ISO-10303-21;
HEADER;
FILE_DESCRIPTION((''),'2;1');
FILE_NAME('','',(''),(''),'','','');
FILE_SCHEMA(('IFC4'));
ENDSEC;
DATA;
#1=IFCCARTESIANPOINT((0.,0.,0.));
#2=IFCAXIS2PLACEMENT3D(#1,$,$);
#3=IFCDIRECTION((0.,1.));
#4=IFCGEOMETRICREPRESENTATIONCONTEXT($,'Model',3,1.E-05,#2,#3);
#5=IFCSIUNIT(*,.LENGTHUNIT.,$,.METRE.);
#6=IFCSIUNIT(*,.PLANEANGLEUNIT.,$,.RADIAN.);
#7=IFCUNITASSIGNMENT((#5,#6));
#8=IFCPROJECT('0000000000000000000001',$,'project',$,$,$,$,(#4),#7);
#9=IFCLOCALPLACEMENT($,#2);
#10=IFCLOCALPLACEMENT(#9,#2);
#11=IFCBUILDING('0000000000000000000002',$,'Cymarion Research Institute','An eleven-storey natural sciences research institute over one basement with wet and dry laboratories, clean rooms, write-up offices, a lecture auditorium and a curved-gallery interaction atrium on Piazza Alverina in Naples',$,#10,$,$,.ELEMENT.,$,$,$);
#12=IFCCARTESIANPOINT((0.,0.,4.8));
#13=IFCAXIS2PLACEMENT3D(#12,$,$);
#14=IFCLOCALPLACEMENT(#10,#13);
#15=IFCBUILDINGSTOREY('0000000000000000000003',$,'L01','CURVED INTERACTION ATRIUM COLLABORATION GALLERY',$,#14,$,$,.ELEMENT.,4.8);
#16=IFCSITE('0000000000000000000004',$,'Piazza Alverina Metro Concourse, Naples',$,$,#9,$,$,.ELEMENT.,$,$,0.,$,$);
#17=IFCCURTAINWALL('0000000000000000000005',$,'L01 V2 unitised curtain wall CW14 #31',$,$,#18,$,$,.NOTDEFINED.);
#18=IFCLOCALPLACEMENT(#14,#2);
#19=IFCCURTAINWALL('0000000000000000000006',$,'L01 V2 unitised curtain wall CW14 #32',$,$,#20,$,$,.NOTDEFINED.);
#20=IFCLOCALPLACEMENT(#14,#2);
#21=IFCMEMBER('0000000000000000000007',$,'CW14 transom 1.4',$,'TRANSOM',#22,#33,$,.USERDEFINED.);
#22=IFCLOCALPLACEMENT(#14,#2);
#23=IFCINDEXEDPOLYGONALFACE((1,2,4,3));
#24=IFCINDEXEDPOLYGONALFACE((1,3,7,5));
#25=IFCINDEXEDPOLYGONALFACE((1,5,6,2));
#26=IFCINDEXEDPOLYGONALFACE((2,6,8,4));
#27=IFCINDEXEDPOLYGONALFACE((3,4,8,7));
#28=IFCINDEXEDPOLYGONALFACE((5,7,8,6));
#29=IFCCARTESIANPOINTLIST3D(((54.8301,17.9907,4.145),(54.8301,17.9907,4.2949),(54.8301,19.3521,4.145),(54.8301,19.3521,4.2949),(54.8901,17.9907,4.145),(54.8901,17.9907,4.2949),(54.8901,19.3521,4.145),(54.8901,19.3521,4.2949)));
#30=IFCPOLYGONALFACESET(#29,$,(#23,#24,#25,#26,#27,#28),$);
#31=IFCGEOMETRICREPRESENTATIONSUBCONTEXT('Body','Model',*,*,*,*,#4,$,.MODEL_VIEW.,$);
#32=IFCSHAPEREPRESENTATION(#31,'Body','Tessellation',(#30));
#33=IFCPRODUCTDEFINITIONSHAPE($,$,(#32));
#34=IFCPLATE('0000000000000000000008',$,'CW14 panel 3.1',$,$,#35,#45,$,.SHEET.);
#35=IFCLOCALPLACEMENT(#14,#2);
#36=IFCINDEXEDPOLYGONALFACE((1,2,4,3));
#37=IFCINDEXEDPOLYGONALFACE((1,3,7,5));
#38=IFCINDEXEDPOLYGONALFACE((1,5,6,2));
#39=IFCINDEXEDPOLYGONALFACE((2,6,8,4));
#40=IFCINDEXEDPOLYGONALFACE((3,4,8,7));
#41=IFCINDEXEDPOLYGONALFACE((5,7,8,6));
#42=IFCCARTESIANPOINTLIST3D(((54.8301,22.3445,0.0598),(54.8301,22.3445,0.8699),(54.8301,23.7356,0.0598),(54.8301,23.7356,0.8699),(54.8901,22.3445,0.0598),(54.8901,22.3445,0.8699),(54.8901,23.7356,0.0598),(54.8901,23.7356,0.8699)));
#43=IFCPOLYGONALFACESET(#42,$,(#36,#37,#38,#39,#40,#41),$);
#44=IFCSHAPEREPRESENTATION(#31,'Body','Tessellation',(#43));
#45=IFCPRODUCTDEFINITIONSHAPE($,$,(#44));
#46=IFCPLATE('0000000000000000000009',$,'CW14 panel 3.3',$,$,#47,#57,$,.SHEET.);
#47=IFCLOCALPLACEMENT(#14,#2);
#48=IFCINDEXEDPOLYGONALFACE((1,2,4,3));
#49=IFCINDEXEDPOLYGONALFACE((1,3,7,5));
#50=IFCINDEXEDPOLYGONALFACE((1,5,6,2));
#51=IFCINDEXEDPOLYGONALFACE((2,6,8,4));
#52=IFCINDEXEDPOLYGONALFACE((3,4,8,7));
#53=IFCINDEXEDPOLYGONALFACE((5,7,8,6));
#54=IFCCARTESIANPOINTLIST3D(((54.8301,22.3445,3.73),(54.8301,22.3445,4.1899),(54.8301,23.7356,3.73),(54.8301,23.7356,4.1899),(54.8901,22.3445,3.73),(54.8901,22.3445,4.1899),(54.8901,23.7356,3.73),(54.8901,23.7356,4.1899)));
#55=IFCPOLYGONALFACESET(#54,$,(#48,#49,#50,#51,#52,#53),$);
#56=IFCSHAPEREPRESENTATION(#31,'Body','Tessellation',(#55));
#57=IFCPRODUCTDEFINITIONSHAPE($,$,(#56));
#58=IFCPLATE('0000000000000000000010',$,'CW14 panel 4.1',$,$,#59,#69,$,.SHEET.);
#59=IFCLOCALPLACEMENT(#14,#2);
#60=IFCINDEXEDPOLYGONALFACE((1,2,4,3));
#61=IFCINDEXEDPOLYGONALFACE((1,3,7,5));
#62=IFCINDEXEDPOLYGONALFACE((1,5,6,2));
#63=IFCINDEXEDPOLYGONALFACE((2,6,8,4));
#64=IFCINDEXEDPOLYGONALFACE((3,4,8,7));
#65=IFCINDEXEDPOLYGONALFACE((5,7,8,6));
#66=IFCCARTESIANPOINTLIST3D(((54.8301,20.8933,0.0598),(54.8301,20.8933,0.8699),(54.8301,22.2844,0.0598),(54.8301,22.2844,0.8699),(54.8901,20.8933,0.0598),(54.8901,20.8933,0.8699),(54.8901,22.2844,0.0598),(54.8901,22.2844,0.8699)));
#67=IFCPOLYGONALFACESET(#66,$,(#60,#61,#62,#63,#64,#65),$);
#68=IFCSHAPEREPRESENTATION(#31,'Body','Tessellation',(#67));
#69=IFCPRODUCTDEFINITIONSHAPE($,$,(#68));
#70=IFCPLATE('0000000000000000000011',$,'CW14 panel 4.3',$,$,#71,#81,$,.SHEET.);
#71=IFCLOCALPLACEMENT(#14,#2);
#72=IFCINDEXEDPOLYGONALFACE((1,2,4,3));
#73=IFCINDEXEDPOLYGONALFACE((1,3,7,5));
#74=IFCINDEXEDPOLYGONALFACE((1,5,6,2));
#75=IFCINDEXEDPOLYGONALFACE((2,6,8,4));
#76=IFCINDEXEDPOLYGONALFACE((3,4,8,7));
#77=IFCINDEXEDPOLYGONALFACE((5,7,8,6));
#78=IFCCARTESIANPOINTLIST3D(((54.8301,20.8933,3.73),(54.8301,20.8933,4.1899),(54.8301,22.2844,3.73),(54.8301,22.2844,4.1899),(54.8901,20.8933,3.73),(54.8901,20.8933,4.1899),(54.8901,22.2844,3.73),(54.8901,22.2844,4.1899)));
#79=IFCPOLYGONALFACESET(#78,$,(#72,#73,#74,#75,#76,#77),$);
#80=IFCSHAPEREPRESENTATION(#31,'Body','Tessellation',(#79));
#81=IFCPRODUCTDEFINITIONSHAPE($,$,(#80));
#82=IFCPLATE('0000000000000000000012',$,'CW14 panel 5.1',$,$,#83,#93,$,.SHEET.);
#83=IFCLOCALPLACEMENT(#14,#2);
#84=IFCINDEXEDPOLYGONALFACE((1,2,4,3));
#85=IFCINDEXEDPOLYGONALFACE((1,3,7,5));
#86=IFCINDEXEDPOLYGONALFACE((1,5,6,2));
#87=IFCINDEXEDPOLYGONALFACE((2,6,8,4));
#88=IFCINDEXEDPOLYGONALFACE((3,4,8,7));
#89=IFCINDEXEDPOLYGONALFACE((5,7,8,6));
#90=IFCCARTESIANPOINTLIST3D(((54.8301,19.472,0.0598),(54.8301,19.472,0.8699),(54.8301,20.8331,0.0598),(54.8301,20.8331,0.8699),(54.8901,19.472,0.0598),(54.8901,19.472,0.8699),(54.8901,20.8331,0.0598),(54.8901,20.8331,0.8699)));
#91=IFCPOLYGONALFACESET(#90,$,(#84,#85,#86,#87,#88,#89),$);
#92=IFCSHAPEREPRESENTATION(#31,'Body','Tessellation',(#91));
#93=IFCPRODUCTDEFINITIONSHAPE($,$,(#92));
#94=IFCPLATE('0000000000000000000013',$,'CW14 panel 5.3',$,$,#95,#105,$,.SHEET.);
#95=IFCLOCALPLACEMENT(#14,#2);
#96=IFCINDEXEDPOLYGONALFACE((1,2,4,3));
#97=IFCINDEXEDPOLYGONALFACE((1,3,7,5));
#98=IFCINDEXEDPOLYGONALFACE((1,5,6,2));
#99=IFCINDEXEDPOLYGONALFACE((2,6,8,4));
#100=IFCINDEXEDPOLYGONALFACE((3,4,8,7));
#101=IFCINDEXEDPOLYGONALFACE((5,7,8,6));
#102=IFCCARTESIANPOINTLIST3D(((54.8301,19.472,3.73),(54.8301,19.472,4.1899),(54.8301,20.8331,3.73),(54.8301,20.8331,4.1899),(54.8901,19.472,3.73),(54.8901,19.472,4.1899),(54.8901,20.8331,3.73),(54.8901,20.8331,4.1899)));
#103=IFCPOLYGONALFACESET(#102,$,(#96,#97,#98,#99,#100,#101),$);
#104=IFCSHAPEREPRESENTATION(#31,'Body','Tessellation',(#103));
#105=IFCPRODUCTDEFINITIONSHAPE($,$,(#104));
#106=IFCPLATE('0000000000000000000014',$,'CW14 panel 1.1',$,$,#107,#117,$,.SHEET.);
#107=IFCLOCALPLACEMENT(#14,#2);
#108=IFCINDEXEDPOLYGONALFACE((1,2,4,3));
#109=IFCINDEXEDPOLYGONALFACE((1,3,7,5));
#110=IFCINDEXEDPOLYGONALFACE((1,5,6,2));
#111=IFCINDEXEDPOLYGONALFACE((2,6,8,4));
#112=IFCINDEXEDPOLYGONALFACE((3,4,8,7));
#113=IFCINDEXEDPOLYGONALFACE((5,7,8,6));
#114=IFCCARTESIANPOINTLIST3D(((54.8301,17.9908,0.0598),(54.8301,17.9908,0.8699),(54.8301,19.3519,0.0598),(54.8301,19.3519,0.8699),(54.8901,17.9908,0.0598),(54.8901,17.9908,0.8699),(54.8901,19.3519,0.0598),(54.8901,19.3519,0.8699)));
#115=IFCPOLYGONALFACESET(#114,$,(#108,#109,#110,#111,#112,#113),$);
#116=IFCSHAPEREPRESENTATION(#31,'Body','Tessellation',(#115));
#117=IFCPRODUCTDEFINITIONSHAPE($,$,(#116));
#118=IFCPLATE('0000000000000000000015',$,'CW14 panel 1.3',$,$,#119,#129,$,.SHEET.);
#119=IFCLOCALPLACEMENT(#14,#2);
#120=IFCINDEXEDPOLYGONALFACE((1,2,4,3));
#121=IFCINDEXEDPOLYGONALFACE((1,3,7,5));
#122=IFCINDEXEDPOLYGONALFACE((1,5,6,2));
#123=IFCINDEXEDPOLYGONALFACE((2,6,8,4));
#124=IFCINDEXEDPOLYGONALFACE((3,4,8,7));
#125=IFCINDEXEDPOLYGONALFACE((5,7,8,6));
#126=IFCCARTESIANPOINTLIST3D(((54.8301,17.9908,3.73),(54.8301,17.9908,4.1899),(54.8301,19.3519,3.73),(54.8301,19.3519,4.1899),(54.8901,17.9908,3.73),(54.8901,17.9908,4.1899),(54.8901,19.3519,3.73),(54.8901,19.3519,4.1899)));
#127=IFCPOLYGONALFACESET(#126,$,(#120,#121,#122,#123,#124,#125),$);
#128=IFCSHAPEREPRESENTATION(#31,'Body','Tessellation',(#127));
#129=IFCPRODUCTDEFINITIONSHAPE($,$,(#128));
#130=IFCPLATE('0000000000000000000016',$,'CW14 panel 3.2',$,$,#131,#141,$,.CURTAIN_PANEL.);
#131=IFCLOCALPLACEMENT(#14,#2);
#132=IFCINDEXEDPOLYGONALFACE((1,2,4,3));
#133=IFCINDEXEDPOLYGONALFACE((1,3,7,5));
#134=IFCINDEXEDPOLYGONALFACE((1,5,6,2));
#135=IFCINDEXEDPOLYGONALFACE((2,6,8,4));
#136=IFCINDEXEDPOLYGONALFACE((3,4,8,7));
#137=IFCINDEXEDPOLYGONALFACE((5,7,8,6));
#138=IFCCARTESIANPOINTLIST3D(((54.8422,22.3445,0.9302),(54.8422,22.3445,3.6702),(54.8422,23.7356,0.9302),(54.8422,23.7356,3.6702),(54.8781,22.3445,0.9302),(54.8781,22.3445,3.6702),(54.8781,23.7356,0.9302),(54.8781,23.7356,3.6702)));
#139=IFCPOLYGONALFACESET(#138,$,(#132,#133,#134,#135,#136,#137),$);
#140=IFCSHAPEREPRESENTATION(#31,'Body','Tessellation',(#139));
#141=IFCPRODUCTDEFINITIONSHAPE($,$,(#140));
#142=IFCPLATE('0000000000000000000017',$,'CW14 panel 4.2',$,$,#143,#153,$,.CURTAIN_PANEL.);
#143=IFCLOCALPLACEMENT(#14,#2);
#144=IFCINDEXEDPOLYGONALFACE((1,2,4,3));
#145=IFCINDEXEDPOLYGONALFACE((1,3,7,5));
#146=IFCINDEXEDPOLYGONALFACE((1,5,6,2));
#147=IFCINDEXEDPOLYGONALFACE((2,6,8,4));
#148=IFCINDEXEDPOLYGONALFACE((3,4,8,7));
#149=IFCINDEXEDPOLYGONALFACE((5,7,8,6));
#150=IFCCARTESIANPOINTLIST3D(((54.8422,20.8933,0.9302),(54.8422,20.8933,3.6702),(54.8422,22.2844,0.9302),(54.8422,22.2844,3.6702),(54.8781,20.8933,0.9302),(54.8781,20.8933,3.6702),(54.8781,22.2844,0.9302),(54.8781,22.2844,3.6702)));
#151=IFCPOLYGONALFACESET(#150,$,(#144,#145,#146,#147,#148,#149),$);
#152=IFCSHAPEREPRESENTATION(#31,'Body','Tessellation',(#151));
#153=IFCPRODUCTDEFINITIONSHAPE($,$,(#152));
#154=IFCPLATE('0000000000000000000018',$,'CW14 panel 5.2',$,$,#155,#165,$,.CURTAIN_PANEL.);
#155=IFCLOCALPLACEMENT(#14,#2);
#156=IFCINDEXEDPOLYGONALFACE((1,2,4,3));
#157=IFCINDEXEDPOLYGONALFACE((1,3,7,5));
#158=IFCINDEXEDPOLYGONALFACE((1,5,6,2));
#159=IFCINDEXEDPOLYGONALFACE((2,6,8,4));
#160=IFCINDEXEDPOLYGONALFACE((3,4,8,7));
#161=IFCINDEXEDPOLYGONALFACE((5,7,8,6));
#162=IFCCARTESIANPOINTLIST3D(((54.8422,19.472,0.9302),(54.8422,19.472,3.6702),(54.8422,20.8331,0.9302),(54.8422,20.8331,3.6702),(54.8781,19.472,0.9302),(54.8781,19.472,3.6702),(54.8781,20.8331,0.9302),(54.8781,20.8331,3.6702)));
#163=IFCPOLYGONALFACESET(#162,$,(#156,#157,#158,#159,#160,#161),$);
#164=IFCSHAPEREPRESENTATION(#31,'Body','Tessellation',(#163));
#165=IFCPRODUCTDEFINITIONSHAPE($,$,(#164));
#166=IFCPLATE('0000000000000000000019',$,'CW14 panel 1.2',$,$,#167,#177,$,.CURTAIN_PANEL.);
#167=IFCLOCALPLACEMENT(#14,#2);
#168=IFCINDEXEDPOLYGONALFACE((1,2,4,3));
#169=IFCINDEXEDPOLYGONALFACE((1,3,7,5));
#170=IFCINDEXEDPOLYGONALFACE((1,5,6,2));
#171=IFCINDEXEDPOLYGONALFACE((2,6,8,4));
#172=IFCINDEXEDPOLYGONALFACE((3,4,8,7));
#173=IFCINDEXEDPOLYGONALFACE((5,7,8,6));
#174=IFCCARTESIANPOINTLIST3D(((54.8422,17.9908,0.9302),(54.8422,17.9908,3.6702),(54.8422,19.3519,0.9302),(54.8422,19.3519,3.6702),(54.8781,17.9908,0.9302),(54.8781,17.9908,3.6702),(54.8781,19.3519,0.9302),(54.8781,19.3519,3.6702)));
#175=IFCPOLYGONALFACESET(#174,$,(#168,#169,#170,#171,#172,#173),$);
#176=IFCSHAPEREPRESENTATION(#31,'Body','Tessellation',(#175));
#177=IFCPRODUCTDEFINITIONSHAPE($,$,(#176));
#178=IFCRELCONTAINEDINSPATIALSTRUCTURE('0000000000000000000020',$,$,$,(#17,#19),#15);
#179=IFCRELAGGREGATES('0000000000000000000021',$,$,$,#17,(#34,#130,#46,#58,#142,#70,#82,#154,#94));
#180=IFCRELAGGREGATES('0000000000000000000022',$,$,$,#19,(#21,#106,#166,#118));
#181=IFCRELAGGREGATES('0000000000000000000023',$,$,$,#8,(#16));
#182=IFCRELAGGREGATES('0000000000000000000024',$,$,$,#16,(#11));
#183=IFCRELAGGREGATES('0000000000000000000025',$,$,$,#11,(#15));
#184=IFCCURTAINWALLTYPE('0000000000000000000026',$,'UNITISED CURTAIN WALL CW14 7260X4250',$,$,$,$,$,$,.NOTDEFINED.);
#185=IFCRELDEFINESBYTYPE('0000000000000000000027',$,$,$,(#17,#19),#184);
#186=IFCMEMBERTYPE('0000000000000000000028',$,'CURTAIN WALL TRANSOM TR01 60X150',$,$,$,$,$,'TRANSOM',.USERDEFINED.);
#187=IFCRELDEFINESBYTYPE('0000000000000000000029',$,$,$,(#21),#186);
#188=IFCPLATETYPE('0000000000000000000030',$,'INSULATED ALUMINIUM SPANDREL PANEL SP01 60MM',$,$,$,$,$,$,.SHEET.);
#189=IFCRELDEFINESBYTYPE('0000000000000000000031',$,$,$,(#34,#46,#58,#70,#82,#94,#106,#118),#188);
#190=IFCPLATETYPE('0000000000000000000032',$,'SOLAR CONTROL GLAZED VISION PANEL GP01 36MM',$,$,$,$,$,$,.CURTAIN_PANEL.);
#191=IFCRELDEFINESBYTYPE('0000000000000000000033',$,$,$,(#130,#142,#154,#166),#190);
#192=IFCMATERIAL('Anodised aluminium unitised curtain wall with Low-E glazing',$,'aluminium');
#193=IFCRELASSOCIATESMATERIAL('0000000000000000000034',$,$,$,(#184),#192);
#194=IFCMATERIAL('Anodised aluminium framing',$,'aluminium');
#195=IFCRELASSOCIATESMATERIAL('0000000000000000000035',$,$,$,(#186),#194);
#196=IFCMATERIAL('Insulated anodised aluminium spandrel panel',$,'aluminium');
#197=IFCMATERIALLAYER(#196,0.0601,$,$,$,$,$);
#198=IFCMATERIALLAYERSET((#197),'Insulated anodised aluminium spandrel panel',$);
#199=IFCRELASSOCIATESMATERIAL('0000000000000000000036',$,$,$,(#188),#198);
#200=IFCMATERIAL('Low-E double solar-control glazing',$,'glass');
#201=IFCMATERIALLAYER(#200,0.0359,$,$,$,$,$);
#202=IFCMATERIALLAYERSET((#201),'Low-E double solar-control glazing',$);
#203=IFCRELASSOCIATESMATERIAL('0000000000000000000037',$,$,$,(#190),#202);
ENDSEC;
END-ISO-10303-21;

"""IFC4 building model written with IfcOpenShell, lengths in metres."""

from ifc_helpers import new_model, si_unit, direction, frame, origin, origin_2d, place, context, subcontext, project, spatial, rectangle, extrude, material, layer, layer_set, material_profile, profile_set, type_object, element, aggregate, save


model = new_model("IFC4")

# Units and contexts
model_context = context("Model", 3, precision=1e-05, world=origin(), true_north=direction((0.0, 1.0)))
body_context = subcontext(model_context, "Body", "Model", "MODEL_VIEW")
ifc_project = project(units=[si_unit("LENGTHUNIT", "METRE"), si_unit("PLANEANGLEUNIT", "RADIAN")], contexts=[model_context])

# Site, building, storey
site_placement = place(None, origin())
site = spatial("IfcSite", under=ifc_project, at=site_placement, Name="Piazza Alverina Metro Concourse, Naples", CompositionType="ELEMENT", RefElevation=0.0)
building_placement = place(site_placement, origin())
building = spatial("IfcBuilding", under=site, at=building_placement, Name="Cymarion Research Institute", Description="An eleven-storey natural sciences research institute over one basement with wet and dry laboratories, clean rooms, write-up offices, a lecture auditorium and a curved-gallery interaction atrium on Piazza Alverina in Naples", CompositionType="ELEMENT")
storey_placement = place(building_placement, frame((0.0, 0.0, 4.8)))
storey = spatial("IfcBuildingStorey", under=building, at=storey_placement, Name="L01", Description="CURVED INTERACTION ATRIUM COLLABORATION GALLERY", CompositionType="ELEMENT", Elevation=4.8)

# Curtain wall
ifc_material_1 = material(Name="Anodised aluminium unitised curtain wall with Low-E glazing", Category="aluminium")
curtain_wall_type = type_object("IfcCurtainWallType", Name="UNITISED CURTAIN WALL CW14 7260X4250", PredefinedType="NOTDEFINED", material=ifc_material_1)
curtain_wall_1_placement = place(storey_placement, origin())
curtain_wall_1 = element("IfcCurtainWall", 1, at=curtain_wall_1_placement, inside=storey, type_object=curtain_wall_type, Name="L01 V2 unitised curtain wall CW14 #31", PredefinedType="NOTDEFINED")
ifc_material_2 = material(Name="Anodised aluminium framing", Category="aluminium")

# Curtain wall
curtain_wall_2_placement = place(storey_placement, origin())
curtain_wall_2 = element("IfcCurtainWall", 2, at=curtain_wall_2_placement, inside=storey, type_object=curtain_wall_type, Name="L01 V2 unitised curtain wall CW14 #32", PredefinedType="NOTDEFINED")

# Member
ifc_material_profile_1 = material_profile(ifc_material_2, rectangle(XDim=0.0601, YDim=0.1499, at=origin_2d()), Name="ALU TRANSOM 60x150")
ifc_profile_set_1 = profile_set([ifc_material_profile_1], Name="Anodised aluminium framing")
member_type_1 = type_object("IfcMemberType", Name="CURTAIN WALL TRANSOM TR01 60X150", ElementType="TRANSOM", PredefinedType="USERDEFINED", material=ifc_profile_set_1)
member_1_placement = place(storey_placement, frame((54.8601, 19.3521, 4.22), z_axis=(0.0, -1.0, 0.0), x_axis=(1.0, 0.0, 0.0)))
member_1 = element("IfcMember", 3, at=member_1_placement, type_object=member_type_1, Name="CW14 transom 1.4", ObjectType="TRANSOM", PredefinedType="USERDEFINED", context=body_context, shape_type="SweptSolid", body=[
    extrude(rectangle(XDim=0.0601, YDim=0.1499, at=origin_2d()), origin(), (0.0, 0.0, 1.0), 1.3613),
])

# Plates
ifc_material_3 = material(Name="Insulated anodised aluminium spandrel panel", Category="aluminium")
ifc_layer_1 = layer(ifc_material_3, 0.0601)
ifc_layer_set_1 = layer_set([ifc_layer_1], Name="Insulated anodised aluminium spandrel panel")
plate_type_1 = type_object("IfcPlateType", Name="INSULATED ALUMINIUM SPANDREL PANEL SP01 60MM", PredefinedType="SHEET", material=ifc_layer_set_1)
plate_1_placement = place(storey_placement, frame((54.8601, 23.04, 0.0598), z_axis=(0.0, 0.0, 1.0), x_axis=(0.0, -1.0, 0.0)))
plate_1 = element("IfcPlate", 4, at=plate_1_placement, type_object=plate_type_1, Name="CW14 panel 3.1", PredefinedType="SHEET", context=body_context, shape_type="SweptSolid", body=[
    extrude(rectangle(XDim=1.3911, YDim=0.0601, at=origin_2d()), origin(), (0.0, 0.0, 1.0), 0.8101),
])
plate_2_placement = place(storey_placement, frame((54.8601, 23.04, 3.73), z_axis=(0.0, 0.0, 1.0), x_axis=(0.0, -1.0, 0.0)))
plate_2 = element("IfcPlate", 5, at=plate_2_placement, type_object=plate_type_1, Name="CW14 panel 3.3", PredefinedType="SHEET", context=body_context, shape_type="SweptSolid", body=[
    extrude(rectangle(XDim=1.3911, YDim=0.0601, at=origin_2d()), origin(), (0.0, 0.0, 1.0), 0.46),
])
plate_3_placement = place(storey_placement, frame((54.8601, 21.5889, 0.0598), z_axis=(0.0, 0.0, 1.0), x_axis=(0.0, -1.0, 0.0)))
plate_3 = element("IfcPlate", 6, at=plate_3_placement, type_object=plate_type_1, Name="CW14 panel 4.1", PredefinedType="SHEET", context=body_context, shape_type="SweptSolid", body=[
    extrude(rectangle(XDim=1.3911, YDim=0.0601, at=origin_2d()), origin(), (0.0, 0.0, 1.0), 0.8101),
])
plate_4_placement = place(storey_placement, frame((54.8601, 21.5889, 3.73), z_axis=(0.0, 0.0, 1.0), x_axis=(0.0, -1.0, 0.0)))
plate_4 = element("IfcPlate", 7, at=plate_4_placement, type_object=plate_type_1, Name="CW14 panel 4.3", PredefinedType="SHEET", context=body_context, shape_type="SweptSolid", body=[
    extrude(rectangle(XDim=1.3911, YDim=0.0601, at=origin_2d()), origin(), (0.0, 0.0, 1.0), 0.46),
])
plate_5_placement = place(storey_placement, frame((54.8601, 20.1526, 0.0598), z_axis=(0.0, 0.0, 1.0), x_axis=(0.0, -1.0, 0.0)))
plate_5 = element("IfcPlate", 8, at=plate_5_placement, type_object=plate_type_1, Name="CW14 panel 5.1", PredefinedType="SHEET", context=body_context, shape_type="SweptSolid", body=[
    extrude(rectangle(XDim=1.3611, YDim=0.0601, at=origin_2d()), origin(), (0.0, 0.0, 1.0), 0.8101),
])
plate_6_placement = place(storey_placement, frame((54.8601, 20.1526, 3.73), z_axis=(0.0, 0.0, 1.0), x_axis=(0.0, -1.0, 0.0)))
plate_6 = element("IfcPlate", 9, at=plate_6_placement, type_object=plate_type_1, Name="CW14 panel 5.3", PredefinedType="SHEET", context=body_context, shape_type="SweptSolid", body=[
    extrude(rectangle(XDim=1.3611, YDim=0.0601, at=origin_2d()), origin(), (0.0, 0.0, 1.0), 0.46),
])
plate_7_placement = place(storey_placement, frame((54.8601, 18.6714, 0.0598), z_axis=(0.0, 0.0, 1.0), x_axis=(0.0, -1.0, 0.0)))
plate_7 = element("IfcPlate", 10, at=plate_7_placement, type_object=plate_type_1, Name="CW14 panel 1.1", PredefinedType="SHEET", context=body_context, shape_type="SweptSolid", body=[
    extrude(rectangle(XDim=1.3611, YDim=0.0601, at=origin_2d()), origin(), (0.0, 0.0, 1.0), 0.8101),
])
plate_8_placement = place(storey_placement, frame((54.8601, 18.6714, 3.73), z_axis=(0.0, 0.0, 1.0), x_axis=(0.0, -1.0, 0.0)))
plate_8 = element("IfcPlate", 11, at=plate_8_placement, type_object=plate_type_1, Name="CW14 panel 1.3", PredefinedType="SHEET", context=body_context, shape_type="SweptSolid", body=[
    extrude(rectangle(XDim=1.3611, YDim=0.0601, at=origin_2d()), origin(), (0.0, 0.0, 1.0), 0.46),
])
ifc_material_4 = material(Name="Low-E double solar-control glazing", Category="glass")
ifc_layer_2 = layer(ifc_material_4, 0.0359)
ifc_layer_set_2 = layer_set([ifc_layer_2], Name="Low-E double solar-control glazing")
plate_type_2 = type_object("IfcPlateType", Name="SOLAR CONTROL GLAZED VISION PANEL GP01 36MM", PredefinedType="CURTAIN_PANEL", material=ifc_layer_set_2)
plate_9_placement = place(storey_placement, frame((54.8601, 23.04, 0.9302), z_axis=(0.0, 0.0, 1.0), x_axis=(0.0, -1.0, 0.0)))
plate_9 = element("IfcPlate", 12, at=plate_9_placement, type_object=plate_type_2, Name="CW14 panel 3.2", PredefinedType="CURTAIN_PANEL", context=body_context, shape_type="SweptSolid", body=[
    extrude(rectangle(XDim=1.3911, YDim=0.0359, at=origin_2d()), origin(), (0.0, 0.0, 1.0), 2.74),
])
plate_10_placement = place(storey_placement, frame((54.8601, 21.5889, 0.9302), z_axis=(0.0, 0.0, 1.0), x_axis=(0.0, -1.0, 0.0)))
plate_10 = element("IfcPlate", 13, at=plate_10_placement, type_object=plate_type_2, Name="CW14 panel 4.2", PredefinedType="CURTAIN_PANEL", context=body_context, shape_type="SweptSolid", body=[
    extrude(rectangle(XDim=1.3911, YDim=0.0359, at=origin_2d()), origin(), (0.0, 0.0, 1.0), 2.74),
])
plate_11_placement = place(storey_placement, frame((54.8601, 20.1526, 0.9302), z_axis=(0.0, 0.0, 1.0), x_axis=(0.0, -1.0, 0.0)))
plate_11 = element("IfcPlate", 14, at=plate_11_placement, type_object=plate_type_2, Name="CW14 panel 5.2", PredefinedType="CURTAIN_PANEL", context=body_context, shape_type="SweptSolid", body=[
    extrude(rectangle(XDim=1.3611, YDim=0.0359, at=origin_2d()), origin(), (0.0, 0.0, 1.0), 2.74),
])
aggregate(curtain_wall_1, [plate_1, plate_9, plate_2, plate_3, plate_10, plate_4, plate_5, plate_11, plate_6])
plate_12_placement = place(storey_placement, frame((54.8601, 18.6714, 0.9302), z_axis=(0.0, 0.0, 1.0), x_axis=(0.0, -1.0, 0.0)))
plate_12 = element("IfcPlate", 15, at=plate_12_placement, type_object=plate_type_2, Name="CW14 panel 1.2", PredefinedType="CURTAIN_PANEL", context=body_context, shape_type="SweptSolid", body=[
    extrude(rectangle(XDim=1.3611, YDim=0.0359, at=origin_2d()), origin(), (0.0, 0.0, 1.0), 2.74),
])
aggregate(curtain_wall_2, [member_1, plate_7, plate_12, plate_8])

save(model, "model.ifc")
